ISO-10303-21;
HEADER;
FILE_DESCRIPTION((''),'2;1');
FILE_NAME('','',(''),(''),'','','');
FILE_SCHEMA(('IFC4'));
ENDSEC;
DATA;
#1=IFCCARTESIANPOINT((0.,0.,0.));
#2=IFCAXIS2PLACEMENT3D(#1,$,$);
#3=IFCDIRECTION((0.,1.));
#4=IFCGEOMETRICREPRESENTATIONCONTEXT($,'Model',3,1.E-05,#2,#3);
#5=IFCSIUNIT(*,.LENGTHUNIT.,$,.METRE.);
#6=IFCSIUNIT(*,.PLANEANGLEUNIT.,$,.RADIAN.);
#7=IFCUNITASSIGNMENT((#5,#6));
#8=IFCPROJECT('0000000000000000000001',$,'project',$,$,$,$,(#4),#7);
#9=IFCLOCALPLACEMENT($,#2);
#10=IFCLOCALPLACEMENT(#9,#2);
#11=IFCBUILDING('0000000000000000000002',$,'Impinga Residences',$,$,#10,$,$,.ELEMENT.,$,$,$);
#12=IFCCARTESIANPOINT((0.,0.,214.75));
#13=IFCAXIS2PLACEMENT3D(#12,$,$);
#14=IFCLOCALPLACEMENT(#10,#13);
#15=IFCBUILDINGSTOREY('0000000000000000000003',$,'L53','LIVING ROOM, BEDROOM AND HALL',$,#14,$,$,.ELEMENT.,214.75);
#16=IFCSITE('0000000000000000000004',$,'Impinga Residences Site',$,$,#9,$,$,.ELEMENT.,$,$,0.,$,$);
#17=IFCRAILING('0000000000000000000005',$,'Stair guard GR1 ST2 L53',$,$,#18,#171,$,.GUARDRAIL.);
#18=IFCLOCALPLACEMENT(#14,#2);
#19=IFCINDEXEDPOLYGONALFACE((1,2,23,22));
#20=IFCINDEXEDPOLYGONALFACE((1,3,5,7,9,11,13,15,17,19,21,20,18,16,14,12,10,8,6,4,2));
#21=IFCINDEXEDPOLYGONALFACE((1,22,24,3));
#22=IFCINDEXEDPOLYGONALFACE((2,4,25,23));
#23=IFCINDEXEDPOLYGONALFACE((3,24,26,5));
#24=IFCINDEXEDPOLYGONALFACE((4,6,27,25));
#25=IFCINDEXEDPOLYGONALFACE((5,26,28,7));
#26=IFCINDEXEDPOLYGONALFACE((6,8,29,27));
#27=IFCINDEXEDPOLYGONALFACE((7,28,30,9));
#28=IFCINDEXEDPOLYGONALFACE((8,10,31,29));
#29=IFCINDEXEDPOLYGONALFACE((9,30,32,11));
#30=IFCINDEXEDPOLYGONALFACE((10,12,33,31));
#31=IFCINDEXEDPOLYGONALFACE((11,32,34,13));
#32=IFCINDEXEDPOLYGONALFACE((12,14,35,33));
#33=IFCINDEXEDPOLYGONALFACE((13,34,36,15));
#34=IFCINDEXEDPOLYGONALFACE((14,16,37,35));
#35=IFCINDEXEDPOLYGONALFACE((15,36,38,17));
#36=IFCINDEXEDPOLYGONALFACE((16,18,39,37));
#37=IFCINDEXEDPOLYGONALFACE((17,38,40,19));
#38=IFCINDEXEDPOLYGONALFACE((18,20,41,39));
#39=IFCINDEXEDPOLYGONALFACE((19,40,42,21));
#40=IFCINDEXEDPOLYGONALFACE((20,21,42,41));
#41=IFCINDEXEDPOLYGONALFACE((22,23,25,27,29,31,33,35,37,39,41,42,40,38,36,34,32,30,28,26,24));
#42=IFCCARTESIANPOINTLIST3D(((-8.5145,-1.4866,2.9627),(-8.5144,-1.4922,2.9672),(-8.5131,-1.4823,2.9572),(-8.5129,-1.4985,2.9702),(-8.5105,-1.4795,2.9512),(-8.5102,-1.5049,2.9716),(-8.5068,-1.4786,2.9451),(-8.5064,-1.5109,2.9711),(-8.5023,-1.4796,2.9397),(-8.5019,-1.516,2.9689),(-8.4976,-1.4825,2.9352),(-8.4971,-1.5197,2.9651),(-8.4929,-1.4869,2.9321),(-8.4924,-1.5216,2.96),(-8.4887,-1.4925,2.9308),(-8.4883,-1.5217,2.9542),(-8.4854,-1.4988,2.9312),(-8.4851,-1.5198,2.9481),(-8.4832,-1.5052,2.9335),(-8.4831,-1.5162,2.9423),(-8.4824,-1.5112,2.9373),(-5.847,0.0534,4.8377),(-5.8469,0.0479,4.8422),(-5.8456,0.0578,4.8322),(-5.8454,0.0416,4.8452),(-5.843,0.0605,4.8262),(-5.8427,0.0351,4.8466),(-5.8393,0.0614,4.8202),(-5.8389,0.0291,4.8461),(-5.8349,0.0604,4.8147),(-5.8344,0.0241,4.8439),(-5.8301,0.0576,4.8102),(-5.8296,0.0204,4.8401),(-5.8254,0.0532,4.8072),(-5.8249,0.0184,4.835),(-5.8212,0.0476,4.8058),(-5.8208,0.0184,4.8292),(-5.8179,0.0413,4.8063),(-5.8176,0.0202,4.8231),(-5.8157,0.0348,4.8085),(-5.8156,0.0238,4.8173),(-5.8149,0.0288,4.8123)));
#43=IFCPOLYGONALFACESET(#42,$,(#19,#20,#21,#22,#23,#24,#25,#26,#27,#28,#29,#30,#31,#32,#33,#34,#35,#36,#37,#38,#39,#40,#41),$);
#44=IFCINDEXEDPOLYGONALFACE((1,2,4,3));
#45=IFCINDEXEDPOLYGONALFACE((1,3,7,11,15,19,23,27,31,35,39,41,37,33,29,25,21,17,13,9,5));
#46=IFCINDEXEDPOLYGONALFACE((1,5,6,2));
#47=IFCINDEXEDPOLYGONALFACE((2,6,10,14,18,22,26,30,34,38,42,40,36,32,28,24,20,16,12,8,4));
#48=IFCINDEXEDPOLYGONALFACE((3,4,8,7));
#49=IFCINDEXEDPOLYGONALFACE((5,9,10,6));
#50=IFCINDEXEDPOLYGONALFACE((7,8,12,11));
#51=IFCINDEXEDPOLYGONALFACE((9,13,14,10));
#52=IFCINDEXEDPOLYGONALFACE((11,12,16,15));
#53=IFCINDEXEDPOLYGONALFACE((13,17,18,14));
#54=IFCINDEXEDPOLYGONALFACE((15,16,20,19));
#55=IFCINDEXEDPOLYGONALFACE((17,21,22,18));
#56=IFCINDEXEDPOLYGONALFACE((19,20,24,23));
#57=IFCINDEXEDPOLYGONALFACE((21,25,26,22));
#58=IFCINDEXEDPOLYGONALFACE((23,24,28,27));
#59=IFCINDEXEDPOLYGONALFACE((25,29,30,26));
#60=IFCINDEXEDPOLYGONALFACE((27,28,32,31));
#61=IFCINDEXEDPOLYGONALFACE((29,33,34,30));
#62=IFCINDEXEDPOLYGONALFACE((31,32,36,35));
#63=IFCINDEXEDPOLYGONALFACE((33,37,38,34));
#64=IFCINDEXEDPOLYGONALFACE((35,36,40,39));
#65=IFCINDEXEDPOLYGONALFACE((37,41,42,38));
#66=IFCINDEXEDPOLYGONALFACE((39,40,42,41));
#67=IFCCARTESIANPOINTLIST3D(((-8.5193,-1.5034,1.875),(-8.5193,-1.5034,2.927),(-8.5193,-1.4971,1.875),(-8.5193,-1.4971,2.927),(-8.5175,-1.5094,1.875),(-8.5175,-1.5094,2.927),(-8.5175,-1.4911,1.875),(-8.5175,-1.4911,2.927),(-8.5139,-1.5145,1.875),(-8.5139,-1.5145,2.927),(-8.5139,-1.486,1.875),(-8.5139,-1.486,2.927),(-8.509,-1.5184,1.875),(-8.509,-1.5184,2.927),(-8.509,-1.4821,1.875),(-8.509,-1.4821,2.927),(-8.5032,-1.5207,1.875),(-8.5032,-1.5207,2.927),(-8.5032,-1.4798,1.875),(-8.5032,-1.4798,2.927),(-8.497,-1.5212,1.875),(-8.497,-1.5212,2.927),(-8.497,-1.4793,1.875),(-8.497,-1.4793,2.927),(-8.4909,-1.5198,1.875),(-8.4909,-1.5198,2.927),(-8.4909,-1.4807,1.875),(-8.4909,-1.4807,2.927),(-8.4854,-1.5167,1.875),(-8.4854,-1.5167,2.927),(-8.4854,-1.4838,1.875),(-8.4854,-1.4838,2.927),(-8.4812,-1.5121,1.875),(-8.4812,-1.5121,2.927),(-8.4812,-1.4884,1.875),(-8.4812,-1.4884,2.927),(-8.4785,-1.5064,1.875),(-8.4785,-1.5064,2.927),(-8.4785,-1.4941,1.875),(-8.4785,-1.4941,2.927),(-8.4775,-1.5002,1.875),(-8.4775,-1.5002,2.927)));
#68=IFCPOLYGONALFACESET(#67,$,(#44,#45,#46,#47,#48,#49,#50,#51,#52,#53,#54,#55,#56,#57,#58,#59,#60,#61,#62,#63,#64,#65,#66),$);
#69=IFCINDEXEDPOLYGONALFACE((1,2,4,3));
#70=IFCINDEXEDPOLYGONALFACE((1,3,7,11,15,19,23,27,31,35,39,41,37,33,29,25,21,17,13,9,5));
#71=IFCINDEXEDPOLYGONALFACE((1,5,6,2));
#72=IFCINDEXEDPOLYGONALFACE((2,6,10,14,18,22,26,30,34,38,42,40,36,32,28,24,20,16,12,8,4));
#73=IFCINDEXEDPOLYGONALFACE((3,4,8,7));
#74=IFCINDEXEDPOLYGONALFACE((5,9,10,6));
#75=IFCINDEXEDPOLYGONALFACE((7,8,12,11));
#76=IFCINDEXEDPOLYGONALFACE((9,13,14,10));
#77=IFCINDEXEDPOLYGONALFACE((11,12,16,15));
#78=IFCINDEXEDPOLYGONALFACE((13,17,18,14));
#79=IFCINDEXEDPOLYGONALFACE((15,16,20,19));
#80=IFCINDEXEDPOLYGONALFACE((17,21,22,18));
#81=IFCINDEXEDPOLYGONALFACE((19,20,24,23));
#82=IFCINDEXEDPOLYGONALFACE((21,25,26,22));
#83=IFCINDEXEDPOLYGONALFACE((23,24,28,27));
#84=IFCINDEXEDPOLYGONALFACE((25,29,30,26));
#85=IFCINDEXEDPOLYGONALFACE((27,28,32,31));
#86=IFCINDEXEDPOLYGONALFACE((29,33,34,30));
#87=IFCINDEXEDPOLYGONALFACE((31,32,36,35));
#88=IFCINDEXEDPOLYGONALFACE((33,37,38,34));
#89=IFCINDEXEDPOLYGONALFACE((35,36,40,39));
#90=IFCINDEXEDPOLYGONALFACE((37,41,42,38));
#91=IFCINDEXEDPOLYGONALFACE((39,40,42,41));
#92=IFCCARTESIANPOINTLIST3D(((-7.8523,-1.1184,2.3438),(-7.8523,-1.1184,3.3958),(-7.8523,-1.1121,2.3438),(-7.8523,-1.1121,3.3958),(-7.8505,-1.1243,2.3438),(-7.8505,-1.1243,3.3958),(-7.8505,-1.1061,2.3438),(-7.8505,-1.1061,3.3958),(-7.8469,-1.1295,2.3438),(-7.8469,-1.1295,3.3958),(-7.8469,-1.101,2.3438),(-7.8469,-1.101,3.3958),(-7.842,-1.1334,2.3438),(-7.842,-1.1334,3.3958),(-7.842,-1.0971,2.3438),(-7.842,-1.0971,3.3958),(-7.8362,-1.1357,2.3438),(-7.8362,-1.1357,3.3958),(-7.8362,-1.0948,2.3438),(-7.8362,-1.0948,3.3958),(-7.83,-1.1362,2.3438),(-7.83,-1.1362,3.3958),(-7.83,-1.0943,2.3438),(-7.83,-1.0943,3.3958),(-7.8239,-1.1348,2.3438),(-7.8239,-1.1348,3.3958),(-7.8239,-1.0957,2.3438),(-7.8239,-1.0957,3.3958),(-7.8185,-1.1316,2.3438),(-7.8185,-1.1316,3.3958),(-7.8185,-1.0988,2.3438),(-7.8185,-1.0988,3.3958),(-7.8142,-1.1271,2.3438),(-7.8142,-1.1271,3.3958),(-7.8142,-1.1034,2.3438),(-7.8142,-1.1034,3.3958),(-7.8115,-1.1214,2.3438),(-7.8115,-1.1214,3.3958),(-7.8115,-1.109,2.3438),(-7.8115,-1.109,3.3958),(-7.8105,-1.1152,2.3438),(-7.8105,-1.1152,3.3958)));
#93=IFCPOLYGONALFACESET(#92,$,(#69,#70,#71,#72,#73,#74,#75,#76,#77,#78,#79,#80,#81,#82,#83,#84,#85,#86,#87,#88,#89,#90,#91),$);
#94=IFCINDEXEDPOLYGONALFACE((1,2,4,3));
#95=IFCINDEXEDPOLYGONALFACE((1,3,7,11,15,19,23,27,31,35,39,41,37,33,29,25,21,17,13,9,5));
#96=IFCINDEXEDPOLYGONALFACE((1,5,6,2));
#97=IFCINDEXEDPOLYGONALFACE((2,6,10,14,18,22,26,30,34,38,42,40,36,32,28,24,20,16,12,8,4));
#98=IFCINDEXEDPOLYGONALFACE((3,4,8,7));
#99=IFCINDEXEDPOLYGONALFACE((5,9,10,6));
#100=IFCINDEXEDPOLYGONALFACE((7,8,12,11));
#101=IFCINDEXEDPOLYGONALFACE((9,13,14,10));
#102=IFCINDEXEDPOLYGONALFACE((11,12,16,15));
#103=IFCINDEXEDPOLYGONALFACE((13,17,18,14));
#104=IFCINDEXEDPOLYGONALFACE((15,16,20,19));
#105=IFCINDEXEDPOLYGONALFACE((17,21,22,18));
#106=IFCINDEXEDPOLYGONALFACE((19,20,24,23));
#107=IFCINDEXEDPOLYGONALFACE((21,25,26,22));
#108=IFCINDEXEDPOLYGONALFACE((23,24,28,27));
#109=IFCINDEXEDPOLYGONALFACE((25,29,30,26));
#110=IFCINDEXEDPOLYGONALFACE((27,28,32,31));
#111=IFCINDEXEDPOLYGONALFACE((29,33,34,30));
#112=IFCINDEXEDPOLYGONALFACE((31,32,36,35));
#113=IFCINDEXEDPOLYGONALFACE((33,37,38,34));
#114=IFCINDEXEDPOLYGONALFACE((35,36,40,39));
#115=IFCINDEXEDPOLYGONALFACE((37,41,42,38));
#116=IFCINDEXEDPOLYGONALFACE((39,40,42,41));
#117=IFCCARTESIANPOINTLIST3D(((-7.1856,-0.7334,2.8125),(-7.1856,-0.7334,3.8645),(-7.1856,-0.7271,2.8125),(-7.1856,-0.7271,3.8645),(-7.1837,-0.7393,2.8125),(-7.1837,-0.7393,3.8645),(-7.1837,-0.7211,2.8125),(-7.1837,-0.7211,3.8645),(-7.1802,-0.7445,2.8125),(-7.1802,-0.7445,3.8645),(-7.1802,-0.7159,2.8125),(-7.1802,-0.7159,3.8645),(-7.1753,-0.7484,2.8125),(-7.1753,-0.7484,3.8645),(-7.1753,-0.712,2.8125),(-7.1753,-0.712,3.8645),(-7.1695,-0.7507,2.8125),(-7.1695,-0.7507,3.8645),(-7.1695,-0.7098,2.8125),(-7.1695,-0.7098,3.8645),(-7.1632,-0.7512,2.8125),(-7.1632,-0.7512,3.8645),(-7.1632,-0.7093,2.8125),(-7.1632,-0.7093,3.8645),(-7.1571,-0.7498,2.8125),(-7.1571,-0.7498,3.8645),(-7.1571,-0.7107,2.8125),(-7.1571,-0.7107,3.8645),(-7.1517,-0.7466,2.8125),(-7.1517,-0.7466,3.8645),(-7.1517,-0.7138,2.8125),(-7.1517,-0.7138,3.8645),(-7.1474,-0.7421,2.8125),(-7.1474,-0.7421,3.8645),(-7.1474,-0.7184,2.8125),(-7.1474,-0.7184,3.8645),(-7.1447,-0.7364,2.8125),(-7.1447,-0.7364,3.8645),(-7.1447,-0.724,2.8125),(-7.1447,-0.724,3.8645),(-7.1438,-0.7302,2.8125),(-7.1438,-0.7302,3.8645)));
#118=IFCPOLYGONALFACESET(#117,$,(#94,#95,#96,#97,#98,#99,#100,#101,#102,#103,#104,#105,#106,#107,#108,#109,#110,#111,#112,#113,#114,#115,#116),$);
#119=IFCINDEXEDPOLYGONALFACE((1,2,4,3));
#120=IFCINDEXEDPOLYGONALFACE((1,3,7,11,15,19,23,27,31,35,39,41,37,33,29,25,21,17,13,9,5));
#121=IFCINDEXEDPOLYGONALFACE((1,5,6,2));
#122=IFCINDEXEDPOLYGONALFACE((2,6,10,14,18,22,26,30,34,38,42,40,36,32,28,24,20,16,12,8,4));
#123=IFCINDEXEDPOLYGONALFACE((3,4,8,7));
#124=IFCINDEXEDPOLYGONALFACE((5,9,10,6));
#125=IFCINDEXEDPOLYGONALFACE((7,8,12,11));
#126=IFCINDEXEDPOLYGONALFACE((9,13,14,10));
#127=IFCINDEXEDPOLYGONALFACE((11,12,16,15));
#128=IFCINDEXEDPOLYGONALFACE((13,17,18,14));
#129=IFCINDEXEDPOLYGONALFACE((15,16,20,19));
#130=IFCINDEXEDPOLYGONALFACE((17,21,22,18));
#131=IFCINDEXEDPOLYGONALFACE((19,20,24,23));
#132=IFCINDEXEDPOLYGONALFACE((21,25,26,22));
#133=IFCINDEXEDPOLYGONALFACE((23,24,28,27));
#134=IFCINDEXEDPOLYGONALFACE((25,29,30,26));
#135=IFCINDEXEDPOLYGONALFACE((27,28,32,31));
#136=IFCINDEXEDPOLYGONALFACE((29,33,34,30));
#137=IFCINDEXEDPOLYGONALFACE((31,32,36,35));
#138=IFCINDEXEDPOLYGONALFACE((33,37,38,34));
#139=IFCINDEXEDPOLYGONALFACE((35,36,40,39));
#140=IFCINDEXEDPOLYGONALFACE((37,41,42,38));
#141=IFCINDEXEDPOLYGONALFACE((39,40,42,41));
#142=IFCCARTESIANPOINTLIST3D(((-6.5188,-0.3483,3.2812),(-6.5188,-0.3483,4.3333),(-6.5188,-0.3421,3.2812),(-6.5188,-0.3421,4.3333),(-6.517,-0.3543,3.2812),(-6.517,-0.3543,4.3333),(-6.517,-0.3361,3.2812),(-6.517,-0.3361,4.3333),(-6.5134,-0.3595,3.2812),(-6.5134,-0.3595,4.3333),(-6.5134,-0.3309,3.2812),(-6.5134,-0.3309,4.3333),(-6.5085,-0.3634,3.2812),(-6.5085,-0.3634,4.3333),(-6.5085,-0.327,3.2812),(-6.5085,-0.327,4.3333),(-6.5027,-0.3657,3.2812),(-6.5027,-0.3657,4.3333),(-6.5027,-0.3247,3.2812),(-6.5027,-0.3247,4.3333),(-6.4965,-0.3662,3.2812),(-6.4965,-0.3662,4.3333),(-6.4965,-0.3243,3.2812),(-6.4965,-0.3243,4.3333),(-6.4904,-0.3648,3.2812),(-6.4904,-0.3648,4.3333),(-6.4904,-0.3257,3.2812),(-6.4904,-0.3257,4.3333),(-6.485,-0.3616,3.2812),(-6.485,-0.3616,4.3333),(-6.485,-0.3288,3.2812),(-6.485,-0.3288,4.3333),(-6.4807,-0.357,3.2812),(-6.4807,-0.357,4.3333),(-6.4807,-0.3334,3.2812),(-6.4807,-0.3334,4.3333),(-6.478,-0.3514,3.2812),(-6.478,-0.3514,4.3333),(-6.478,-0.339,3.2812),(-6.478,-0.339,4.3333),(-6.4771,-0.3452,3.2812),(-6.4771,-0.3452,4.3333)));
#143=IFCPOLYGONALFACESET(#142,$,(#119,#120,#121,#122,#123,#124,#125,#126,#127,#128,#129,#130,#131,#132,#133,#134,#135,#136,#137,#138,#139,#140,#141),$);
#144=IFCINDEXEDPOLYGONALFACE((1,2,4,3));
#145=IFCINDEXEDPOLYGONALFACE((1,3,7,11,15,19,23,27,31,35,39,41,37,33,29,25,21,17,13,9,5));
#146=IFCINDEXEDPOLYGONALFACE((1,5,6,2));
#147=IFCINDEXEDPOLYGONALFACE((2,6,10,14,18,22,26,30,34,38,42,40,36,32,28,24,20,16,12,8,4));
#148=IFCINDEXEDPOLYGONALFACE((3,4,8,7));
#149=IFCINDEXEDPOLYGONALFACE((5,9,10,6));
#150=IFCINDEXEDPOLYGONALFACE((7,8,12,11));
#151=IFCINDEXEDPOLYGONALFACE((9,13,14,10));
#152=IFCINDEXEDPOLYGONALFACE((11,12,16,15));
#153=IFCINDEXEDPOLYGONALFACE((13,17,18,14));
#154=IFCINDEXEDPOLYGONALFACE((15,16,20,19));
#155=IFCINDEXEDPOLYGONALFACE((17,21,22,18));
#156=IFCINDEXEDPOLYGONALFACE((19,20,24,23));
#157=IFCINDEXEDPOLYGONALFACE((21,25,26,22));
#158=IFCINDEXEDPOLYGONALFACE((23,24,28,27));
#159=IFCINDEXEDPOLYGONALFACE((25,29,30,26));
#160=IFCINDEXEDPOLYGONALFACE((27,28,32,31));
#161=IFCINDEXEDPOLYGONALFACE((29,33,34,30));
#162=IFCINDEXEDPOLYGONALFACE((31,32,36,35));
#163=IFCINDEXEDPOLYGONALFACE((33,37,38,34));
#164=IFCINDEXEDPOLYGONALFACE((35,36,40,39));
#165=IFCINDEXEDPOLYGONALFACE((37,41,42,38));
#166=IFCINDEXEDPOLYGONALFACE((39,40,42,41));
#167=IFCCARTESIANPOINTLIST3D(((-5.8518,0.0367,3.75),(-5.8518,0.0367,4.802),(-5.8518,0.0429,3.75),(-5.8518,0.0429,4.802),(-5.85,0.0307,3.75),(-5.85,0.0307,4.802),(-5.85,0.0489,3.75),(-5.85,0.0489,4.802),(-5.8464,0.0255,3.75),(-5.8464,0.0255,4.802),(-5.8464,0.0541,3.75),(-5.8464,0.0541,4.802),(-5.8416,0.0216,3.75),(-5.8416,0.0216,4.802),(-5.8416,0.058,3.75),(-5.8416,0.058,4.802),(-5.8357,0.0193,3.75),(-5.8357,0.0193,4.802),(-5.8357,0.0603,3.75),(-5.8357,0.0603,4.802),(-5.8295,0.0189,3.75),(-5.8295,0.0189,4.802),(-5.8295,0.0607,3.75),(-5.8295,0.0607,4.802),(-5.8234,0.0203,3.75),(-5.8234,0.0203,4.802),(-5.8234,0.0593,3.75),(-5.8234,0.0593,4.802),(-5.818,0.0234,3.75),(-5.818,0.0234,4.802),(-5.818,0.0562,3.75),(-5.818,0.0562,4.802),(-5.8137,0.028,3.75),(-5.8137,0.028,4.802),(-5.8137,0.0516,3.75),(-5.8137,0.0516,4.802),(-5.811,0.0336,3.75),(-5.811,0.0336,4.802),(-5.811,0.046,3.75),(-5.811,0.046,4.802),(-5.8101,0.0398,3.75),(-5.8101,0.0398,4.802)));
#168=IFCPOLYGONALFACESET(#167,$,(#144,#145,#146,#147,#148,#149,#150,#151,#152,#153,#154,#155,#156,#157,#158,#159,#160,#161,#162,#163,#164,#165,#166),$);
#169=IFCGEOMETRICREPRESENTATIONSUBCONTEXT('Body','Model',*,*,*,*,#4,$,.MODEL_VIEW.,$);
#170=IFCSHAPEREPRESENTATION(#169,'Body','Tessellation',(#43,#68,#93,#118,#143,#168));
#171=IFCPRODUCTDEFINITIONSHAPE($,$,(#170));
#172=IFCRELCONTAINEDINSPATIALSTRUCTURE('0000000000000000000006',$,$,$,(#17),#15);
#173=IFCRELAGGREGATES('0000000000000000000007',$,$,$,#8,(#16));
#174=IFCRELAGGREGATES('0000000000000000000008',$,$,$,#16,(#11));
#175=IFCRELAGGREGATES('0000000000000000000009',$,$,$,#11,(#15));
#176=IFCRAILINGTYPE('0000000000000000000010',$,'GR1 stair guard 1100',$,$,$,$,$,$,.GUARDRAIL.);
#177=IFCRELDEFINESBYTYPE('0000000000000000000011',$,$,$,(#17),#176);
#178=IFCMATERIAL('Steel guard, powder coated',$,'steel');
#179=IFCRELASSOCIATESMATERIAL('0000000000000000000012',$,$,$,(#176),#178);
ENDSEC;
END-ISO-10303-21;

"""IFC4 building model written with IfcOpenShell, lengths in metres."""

from ifc_helpers import new_model, si_unit, direction, frame, origin, origin_2d, place, context, subcontext, project, spatial, circle, extrude, material, type_object, element, save


model = new_model("IFC4")

# Units and contexts
model_context = context("Model", 3, precision=1e-05, world=origin(), true_north=direction((0.0, 1.0)))
body_context = subcontext(model_context, "Body", "Model", "MODEL_VIEW")
ifc_project = project(units=[si_unit("LENGTHUNIT", "METRE"), si_unit("PLANEANGLEUNIT", "RADIAN")], contexts=[model_context])

# Site, building, storey
site_placement = place(None, origin())
site = spatial("IfcSite", under=ifc_project, at=site_placement, Name="Impinga Residences Site", CompositionType="ELEMENT", RefElevation=0.0)
building_placement = place(site_placement, origin())
building = spatial("IfcBuilding", under=site, at=building_placement, Name="Impinga Residences", CompositionType="ELEMENT")
storey_placement = place(building_placement, frame((0.0, 0.0, 214.75)))
storey = spatial("IfcBuildingStorey", under=building, at=storey_placement, Name="L53", Description="LIVING ROOM, BEDROOM AND HALL", CompositionType="ELEMENT", Elevation=214.75)

# Railing
ifc_material_1 = material(Name="Steel guard, powder coated", Category="steel")
railing_type_1 = type_object("IfcRailingType", Name="GR1 stair guard 1100", PredefinedType="GUARDRAIL", material=ifc_material_1)
railing_1_placement = place(storey_placement, frame((-8.4985, -1.5002, 1.875)))
element("IfcRailing", 1, at=railing_1_placement, inside=storey, type_object=railing_type_1, Name="Stair guard GR1 ST2 L53", PredefinedType="GUARDRAIL", context=body_context, shape_type="SweptSolid", body=[
    extrude(circle(Radius=0.0239, at=origin_2d()), frame((0.0, 0.0, 1.0762), z_axis=(0.739746, 0.427084, 0.519975), x_axis=(-0.499992, 0.86603, 0.0)), (0.0, 0.0, 1.0), 3.606),
    extrude(circle(Radius=0.021, at=origin_2d()), origin(), (0.0, 0.0, 1.0), 1.052),
    extrude(circle(Radius=0.021, at=origin_2d()), frame((0.667, 0.385, 0.4688)), (0.0, 0.0, 1.0), 1.052),
    extrude(circle(Radius=0.021, at=origin_2d()), frame((1.3337, 0.77, 0.9375)), (0.0, 0.0, 1.0), 1.052),
    extrude(circle(Radius=0.021, at=origin_2d()), frame((2.0005, 1.155, 1.4062)), (0.0, 0.0, 1.0), 1.052),
    extrude(circle(Radius=0.021, at=origin_2d()), frame((2.6675, 1.54, 1.875)), (0.0, 0.0, 1.0), 1.052),
])

save(model, "model.ifc")
